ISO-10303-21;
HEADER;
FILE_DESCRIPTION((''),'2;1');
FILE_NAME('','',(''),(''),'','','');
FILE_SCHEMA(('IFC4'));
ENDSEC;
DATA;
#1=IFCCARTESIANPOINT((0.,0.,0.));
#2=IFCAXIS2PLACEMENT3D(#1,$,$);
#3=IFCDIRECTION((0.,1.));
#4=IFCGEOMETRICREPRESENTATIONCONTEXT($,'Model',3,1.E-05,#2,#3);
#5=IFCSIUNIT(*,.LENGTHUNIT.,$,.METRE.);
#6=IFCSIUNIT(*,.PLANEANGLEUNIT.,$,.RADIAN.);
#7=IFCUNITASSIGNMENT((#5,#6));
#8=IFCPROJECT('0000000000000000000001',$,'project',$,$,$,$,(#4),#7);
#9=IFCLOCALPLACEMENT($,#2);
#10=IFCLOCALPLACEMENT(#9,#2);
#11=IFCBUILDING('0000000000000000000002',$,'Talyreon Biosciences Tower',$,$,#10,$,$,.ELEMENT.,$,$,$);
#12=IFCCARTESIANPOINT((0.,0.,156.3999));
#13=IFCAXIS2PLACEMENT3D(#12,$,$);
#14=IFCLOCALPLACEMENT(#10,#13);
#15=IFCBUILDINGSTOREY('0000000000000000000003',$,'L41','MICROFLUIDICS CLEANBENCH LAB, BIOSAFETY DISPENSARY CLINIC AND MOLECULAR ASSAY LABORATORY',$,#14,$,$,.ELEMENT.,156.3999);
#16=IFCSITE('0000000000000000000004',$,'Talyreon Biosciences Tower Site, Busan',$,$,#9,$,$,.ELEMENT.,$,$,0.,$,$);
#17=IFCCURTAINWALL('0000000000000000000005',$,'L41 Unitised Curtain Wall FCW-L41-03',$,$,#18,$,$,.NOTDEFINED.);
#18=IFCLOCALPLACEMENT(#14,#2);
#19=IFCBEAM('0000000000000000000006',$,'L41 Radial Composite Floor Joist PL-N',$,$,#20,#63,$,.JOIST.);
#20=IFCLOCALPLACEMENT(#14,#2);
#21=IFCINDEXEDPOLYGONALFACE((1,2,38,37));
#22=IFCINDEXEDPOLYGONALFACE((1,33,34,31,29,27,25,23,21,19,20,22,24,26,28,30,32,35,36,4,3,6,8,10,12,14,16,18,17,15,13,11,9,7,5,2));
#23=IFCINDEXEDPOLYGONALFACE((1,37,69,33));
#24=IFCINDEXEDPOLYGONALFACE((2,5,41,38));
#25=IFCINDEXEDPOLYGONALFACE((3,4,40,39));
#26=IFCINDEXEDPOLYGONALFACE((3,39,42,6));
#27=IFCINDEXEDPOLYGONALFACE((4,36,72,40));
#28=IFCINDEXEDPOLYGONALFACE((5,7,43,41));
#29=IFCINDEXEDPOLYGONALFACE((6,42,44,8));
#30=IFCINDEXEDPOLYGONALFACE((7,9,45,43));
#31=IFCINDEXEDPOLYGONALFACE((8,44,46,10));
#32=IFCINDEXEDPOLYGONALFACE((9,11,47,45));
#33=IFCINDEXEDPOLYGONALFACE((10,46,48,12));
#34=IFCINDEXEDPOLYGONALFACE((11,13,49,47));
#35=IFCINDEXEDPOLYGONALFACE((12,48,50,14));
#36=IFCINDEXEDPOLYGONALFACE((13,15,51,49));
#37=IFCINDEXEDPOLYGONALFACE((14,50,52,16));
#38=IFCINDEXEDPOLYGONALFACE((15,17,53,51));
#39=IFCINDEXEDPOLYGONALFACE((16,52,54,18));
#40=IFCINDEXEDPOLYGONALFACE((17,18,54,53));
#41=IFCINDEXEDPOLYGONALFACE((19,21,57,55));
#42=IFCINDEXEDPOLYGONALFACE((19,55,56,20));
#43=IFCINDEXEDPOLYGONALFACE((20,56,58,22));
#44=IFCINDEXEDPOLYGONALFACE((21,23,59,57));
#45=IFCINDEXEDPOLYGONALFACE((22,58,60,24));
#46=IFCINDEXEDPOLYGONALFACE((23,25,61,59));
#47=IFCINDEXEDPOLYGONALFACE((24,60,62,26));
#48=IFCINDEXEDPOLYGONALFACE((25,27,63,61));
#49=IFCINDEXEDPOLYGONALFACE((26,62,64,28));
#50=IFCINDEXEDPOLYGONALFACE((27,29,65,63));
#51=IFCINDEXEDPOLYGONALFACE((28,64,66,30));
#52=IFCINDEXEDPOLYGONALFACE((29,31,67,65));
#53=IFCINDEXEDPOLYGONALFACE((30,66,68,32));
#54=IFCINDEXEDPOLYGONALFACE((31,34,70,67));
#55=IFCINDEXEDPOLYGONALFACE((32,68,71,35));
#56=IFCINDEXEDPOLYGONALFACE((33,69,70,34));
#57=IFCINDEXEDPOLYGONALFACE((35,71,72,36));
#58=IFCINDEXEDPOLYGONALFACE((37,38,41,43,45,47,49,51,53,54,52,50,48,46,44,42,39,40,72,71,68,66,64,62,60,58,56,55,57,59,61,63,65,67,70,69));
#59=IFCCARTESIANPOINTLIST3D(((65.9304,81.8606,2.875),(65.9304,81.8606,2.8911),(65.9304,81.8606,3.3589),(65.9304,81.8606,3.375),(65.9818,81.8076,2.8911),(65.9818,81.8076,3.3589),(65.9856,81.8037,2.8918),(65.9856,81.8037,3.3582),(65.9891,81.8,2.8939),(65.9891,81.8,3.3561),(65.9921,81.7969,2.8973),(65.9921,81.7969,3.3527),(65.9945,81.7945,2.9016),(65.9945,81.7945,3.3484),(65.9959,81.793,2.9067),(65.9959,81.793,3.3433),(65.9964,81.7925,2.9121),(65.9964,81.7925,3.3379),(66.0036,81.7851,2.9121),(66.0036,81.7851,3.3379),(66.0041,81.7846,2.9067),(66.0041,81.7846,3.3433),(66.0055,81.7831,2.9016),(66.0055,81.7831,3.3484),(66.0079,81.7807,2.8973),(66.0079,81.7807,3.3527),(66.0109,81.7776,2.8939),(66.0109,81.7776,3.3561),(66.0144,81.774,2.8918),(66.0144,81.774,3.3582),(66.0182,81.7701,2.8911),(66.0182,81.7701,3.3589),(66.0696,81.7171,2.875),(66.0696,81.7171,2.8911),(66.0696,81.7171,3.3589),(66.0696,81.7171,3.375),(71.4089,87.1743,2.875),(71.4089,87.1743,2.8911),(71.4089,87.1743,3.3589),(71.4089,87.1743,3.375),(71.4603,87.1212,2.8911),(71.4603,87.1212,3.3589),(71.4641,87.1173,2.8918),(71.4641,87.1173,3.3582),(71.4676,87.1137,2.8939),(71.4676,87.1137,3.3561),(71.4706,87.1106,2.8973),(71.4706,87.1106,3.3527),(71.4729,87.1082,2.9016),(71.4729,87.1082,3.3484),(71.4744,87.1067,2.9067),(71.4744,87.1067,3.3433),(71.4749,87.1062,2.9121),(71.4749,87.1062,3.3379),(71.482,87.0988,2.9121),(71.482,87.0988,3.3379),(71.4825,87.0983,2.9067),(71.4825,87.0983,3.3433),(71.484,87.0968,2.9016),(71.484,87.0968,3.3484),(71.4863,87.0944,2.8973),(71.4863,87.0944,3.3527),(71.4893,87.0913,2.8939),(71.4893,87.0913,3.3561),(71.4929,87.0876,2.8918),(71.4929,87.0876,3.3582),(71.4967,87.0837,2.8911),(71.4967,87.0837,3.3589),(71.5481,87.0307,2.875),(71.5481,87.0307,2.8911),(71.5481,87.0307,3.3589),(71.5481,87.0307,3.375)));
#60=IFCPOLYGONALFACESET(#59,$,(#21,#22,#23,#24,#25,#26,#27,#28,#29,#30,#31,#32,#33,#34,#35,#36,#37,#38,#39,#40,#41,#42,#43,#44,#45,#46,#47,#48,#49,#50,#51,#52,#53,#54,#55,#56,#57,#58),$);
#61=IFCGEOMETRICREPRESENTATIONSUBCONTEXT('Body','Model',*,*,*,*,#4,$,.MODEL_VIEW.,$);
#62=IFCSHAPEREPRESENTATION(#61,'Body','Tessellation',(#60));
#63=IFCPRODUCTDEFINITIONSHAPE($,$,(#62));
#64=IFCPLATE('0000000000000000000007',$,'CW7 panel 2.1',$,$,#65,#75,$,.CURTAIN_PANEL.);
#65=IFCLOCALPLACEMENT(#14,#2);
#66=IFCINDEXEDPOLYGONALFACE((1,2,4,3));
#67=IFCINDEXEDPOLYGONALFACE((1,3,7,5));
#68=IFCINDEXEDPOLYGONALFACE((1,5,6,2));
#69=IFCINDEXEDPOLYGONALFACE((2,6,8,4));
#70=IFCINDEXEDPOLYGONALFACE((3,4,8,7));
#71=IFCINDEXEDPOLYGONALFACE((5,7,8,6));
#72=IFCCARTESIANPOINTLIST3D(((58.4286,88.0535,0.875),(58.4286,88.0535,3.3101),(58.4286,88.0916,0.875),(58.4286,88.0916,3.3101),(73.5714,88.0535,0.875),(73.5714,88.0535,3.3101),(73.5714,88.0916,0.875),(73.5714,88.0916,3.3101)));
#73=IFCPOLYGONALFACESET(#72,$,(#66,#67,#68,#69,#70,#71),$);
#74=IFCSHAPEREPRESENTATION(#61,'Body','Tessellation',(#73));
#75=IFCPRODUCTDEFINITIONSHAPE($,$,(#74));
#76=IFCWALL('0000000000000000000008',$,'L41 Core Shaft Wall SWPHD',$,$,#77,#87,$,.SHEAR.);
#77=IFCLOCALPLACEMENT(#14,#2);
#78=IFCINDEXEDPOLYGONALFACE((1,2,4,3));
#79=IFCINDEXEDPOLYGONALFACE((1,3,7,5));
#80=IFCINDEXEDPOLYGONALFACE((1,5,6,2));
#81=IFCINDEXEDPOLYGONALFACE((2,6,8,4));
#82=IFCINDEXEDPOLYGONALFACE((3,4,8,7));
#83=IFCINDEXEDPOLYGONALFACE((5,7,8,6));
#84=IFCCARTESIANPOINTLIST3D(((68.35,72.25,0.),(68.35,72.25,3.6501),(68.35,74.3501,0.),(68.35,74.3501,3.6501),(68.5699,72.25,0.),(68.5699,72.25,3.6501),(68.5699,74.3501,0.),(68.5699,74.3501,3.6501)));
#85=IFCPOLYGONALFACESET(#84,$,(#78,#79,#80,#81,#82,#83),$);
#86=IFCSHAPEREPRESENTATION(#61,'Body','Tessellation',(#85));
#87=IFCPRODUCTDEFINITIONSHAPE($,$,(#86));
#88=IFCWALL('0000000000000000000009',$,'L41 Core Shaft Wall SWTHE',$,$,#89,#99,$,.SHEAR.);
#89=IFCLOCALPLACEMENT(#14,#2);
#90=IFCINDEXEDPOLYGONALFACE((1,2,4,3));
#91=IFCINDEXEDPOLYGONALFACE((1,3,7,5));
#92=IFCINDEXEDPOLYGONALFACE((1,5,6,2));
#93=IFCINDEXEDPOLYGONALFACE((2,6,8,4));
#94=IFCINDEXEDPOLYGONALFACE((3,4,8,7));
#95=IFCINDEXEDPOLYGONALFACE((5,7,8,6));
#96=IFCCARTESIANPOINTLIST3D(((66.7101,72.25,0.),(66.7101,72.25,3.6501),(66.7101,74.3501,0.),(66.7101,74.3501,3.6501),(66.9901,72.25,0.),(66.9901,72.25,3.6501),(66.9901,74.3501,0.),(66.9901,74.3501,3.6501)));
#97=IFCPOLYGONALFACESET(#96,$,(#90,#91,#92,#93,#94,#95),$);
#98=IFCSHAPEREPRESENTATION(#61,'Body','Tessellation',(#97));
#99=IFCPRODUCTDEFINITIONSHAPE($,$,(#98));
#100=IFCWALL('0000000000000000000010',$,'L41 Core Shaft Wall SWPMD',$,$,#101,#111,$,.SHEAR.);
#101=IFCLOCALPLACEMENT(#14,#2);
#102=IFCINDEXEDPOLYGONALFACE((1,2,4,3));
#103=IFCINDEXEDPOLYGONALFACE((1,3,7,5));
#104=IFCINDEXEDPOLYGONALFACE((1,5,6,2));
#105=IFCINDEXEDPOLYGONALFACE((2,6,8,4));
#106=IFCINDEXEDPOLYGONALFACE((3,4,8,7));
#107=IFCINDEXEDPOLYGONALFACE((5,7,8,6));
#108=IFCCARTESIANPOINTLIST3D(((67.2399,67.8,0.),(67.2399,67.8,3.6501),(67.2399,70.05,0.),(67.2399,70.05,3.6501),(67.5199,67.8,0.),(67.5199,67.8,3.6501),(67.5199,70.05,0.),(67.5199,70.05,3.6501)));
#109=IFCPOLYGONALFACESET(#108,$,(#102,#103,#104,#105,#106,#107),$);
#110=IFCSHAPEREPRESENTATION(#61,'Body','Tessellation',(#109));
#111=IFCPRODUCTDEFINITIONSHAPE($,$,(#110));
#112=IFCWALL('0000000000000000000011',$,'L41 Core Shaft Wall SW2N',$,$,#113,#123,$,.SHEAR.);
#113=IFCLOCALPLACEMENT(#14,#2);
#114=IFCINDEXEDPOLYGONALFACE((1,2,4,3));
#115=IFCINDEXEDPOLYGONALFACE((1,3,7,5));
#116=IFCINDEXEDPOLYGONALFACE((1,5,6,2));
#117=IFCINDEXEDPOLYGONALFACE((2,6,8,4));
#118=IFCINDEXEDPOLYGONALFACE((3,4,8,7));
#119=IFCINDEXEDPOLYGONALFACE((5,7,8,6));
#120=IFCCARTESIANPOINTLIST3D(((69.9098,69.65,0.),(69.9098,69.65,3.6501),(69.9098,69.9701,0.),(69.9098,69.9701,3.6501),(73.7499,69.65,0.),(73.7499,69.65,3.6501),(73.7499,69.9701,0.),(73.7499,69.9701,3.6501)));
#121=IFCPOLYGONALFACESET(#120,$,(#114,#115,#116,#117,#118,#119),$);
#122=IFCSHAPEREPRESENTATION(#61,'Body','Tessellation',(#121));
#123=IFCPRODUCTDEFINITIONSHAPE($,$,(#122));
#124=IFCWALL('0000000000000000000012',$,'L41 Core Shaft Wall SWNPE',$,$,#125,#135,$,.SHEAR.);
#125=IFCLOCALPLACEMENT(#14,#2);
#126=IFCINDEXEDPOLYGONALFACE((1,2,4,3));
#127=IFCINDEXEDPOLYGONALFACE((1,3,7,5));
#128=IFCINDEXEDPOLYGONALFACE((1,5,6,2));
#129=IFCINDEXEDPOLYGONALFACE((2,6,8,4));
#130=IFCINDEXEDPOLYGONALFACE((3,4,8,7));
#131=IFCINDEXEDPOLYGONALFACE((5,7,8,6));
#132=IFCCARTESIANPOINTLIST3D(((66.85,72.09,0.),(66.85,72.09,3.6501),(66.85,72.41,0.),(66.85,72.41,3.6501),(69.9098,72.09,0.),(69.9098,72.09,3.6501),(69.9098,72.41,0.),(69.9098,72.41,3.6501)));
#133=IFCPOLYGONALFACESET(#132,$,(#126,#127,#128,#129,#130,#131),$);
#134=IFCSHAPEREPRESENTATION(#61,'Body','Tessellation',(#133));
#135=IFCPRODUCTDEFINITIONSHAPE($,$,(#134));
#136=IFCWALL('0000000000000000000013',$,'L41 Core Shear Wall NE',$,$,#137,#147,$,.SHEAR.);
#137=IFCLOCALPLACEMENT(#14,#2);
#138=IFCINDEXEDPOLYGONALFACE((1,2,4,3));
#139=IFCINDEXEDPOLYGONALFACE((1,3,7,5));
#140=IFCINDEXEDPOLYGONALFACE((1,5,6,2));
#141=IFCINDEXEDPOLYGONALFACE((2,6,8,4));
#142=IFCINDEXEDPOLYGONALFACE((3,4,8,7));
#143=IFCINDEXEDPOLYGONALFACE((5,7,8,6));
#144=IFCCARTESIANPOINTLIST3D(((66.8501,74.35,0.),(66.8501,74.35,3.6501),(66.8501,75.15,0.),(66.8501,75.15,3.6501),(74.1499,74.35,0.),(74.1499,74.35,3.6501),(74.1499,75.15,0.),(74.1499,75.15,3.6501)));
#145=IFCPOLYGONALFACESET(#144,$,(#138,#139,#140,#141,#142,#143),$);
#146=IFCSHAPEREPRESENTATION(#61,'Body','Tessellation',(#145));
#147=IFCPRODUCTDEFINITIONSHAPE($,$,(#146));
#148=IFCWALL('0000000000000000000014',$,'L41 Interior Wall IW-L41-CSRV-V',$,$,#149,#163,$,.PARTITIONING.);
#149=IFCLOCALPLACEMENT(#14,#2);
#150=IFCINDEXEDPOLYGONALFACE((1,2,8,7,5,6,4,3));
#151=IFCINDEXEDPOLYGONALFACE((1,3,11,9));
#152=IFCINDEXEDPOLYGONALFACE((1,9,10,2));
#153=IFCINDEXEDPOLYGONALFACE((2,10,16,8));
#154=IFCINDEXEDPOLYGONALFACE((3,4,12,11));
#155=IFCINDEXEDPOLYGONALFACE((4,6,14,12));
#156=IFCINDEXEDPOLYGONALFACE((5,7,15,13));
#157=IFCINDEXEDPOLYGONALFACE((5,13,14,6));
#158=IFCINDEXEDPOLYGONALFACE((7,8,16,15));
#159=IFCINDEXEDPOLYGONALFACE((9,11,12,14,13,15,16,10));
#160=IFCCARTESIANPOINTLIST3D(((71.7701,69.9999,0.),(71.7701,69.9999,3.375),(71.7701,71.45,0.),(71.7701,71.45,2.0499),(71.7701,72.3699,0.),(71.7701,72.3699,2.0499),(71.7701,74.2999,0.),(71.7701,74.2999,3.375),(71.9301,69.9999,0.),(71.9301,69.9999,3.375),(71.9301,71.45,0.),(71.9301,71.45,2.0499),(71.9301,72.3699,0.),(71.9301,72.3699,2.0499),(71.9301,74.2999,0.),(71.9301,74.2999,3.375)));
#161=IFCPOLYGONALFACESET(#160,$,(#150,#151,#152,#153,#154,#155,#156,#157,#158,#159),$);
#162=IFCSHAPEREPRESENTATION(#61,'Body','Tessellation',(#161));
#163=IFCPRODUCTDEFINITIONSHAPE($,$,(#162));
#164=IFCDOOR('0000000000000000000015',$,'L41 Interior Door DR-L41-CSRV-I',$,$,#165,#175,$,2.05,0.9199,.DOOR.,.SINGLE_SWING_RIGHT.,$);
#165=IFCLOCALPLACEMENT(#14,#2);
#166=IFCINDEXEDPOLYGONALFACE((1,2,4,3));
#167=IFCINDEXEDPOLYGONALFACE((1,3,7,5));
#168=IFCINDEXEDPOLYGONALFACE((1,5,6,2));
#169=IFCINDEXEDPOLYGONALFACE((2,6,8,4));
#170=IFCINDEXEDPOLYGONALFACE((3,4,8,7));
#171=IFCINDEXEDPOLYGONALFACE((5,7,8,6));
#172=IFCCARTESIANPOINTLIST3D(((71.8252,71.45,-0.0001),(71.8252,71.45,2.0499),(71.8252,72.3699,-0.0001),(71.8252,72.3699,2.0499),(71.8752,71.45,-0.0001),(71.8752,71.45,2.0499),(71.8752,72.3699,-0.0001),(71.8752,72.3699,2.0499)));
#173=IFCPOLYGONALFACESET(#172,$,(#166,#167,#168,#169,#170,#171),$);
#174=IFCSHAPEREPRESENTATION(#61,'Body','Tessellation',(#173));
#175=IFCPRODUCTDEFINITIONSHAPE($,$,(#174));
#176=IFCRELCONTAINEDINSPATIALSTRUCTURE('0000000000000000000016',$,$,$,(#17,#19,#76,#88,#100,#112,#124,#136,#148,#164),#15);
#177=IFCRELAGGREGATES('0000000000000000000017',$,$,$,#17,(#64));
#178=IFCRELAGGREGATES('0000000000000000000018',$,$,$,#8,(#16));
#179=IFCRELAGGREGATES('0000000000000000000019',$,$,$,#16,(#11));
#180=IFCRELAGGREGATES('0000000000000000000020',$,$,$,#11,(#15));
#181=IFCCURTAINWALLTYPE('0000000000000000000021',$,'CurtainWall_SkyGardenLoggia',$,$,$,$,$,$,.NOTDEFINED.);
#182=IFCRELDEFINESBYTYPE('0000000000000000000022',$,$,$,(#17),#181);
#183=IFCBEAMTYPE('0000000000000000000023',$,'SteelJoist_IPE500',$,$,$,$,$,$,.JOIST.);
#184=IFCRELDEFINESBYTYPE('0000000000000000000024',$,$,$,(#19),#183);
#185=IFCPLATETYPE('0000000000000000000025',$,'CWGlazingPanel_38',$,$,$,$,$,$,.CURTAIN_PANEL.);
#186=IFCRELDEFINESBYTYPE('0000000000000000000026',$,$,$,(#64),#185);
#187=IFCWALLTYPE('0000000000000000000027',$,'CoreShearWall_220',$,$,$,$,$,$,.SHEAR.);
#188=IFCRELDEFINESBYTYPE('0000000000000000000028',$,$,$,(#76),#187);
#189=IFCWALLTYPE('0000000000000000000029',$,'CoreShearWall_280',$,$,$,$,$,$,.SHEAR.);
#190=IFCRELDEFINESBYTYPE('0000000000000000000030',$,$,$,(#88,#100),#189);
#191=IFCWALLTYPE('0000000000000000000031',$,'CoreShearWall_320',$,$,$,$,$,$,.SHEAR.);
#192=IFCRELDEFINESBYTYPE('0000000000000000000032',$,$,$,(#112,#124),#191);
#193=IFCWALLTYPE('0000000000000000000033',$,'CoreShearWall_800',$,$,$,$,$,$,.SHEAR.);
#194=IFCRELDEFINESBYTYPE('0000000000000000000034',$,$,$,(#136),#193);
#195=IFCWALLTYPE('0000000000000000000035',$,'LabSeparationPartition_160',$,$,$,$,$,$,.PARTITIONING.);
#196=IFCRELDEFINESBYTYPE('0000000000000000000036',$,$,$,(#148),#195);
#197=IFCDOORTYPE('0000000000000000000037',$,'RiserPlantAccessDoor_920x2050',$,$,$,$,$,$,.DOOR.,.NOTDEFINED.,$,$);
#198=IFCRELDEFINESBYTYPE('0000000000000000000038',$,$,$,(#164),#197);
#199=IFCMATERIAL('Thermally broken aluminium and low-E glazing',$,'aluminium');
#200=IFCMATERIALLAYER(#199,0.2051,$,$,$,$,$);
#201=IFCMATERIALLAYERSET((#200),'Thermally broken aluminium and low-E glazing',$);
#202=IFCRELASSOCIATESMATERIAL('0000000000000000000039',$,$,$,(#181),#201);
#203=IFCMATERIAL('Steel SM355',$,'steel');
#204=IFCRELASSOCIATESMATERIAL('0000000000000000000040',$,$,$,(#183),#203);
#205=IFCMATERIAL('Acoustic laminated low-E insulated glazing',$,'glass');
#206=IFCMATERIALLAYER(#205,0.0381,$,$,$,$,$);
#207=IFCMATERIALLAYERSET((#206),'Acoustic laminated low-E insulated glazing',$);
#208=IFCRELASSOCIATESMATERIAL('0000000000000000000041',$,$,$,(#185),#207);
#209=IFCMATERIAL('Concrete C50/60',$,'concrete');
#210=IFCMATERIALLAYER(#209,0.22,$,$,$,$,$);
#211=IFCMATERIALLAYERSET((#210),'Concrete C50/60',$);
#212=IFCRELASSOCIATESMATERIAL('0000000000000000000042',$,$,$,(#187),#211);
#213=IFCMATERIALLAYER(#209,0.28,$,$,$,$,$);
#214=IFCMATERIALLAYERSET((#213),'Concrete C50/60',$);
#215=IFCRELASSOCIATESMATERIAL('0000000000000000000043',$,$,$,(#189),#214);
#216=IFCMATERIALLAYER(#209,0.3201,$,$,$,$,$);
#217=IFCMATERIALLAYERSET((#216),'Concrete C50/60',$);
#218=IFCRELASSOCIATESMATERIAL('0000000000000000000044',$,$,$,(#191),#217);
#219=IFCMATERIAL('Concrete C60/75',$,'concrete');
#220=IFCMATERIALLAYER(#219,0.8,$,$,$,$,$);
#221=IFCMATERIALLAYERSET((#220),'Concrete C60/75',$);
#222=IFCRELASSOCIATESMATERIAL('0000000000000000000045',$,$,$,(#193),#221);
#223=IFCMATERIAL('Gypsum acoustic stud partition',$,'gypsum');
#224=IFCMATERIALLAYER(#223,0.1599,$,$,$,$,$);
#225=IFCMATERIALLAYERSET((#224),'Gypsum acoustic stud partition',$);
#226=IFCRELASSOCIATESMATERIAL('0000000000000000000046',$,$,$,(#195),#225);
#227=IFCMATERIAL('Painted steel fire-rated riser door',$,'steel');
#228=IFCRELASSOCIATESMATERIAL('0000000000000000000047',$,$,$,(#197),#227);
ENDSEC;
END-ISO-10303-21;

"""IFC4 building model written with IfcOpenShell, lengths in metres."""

from ifc_helpers import new_model, si_unit, direction, frame, frame_2d, origin, origin_2d, place, context, subcontext, project, spatial, rectangle, i_section, extrude, material, layer, layer_set, material_profile, profile_set, type_object, element, fill, aggregate, save


model = new_model("IFC4")

# Units and contexts
model_context = context("Model", 3, precision=1e-05, world=origin(), true_north=direction((0.0, 1.0)))
body_context = subcontext(model_context, "Body", "Model", "MODEL_VIEW")
ifc_project = project(units=[si_unit("LENGTHUNIT", "METRE"), si_unit("PLANEANGLEUNIT", "RADIAN")], contexts=[model_context])

# Site, building, storey
site_placement = place(None, origin())
site = spatial("IfcSite", under=ifc_project, at=site_placement, Name="Talyreon Biosciences Tower Site, Busan", CompositionType="ELEMENT", RefElevation=0.0)
building_placement = place(site_placement, origin())
building = spatial("IfcBuilding", under=site, at=building_placement, Name="Talyreon Biosciences Tower", CompositionType="ELEMENT")
storey_placement = place(building_placement, frame((0.0, 0.0, 156.3999)))
storey = spatial("IfcBuildingStorey", under=building, at=storey_placement, Name="L41", Description="MICROFLUIDICS CLEANBENCH LAB, BIOSAFETY DISPENSARY CLINIC AND MOLECULAR ASSAY LABORATORY", CompositionType="ELEMENT", Elevation=156.3999)

# Shared definitions
ifc_material_1 = material(Name="Concrete C60/75", Category="concrete")
ifc_material_2 = material(Name="Concrete C50/60", Category="concrete")

# Curtain wall
ifc_material_3 = material(Name="Thermally broken aluminium and low-E glazing", Category="aluminium")
ifc_layer_1 = layer(ifc_material_3, 0.2051)
ifc_layer_set_1 = layer_set([ifc_layer_1], Name="Thermally broken aluminium and low-E glazing")
curtain_wall_type = type_object("IfcCurtainWallType", Name="CurtainWall_SkyGardenLoggia", PredefinedType="NOTDEFINED", material=ifc_layer_set_1)
curtain_wall_placement = place(storey_placement, origin())
curtain_wall = element("IfcCurtainWall", 1, at=curtain_wall_placement, inside=storey, type_object=curtain_wall_type, Name="L41 Unitised Curtain Wall FCW-L41-03", PredefinedType="NOTDEFINED")

# Beam
ifc_material_4 = material(Name="Steel SM355", Category="steel")
ifc_material_profile_1 = material_profile(ifc_material_4, i_section(OverallWidth=0.2, OverallDepth=0.5, WebThickness=0.0103, FlangeThickness=0.0161, FilletRadius=0.021, at=origin_2d()), Name="IPE500")
ifc_profile_set_1 = profile_set([ifc_material_profile_1], Name="Steel SM355")
beam_type_1 = type_object("IfcBeamType", Name="SteelJoist_IPE500", PredefinedType="JOIST", material=ifc_profile_set_1)
beam_1_placement = place(storey_placement, frame((66.0, 81.7888, 3.125), z_axis=(0.71782, 0.696228, 0.0), x_axis=(-0.696228, 0.71782, 0.0)))
element("IfcBeam", 2, at=beam_1_placement, inside=storey, type_object=beam_type_1, Name="L41 Radial Composite Floor Joist PL-N", PredefinedType="JOIST", context=body_context, shape_type="SweptSolid", body=[
    extrude(i_section(OverallWidth=0.2, OverallDepth=0.5, WebThickness=0.0103, FlangeThickness=0.0161, FilletRadius=0.021, at=origin_2d()), origin(), (0.0, 0.0, 1.0), 7.6321),
])

# Plate
ifc_material_5 = material(Name="Acoustic laminated low-E insulated glazing", Category="glass")
ifc_layer_2 = layer(ifc_material_5, 0.0381)
ifc_layer_set_2 = layer_set([ifc_layer_2], Name="Acoustic laminated low-E insulated glazing")
plate_type = type_object("IfcPlateType", Name="CWGlazingPanel_38", PredefinedType="CURTAIN_PANEL", material=ifc_layer_set_2)
plate_placement = place(storey_placement, frame((66.0, 88.0725, 0.875), z_axis=(0.0, 0.0, 1.0), x_axis=(1.0, 0.0, 0.0)))
plate = element("IfcPlate", 3, at=plate_placement, type_object=plate_type, Name="CW7 panel 2.1", PredefinedType="CURTAIN_PANEL", context=body_context, shape_type="SweptSolid", body=[
    extrude(rectangle(XDim=15.1428, YDim=0.0381, at=origin_2d()), origin(), (0.0, 0.0, 1.0), 2.4351),
])
aggregate(curtain_wall, [plate])

# Walls
ifc_layer_3 = layer(ifc_material_2, 0.22)
ifc_layer_set_3 = layer_set([ifc_layer_3], Name="Concrete C50/60")
wall_type_1 = type_object("IfcWallType", Name="CoreShearWall_220", PredefinedType="SHEAR", material=ifc_layer_set_3)
wall_1_placement = place(storey_placement, frame((68.46, 72.25, 0.0), z_axis=(0.0, 0.0, 1.0), x_axis=(0.0, 1.0, 0.0)))
element("IfcWall", 4, at=wall_1_placement, inside=storey, type_object=wall_type_1, Name="L41 Core Shaft Wall SWPHD", PredefinedType="SHEAR", context=body_context, shape_type="SweptSolid", body=[
    extrude(rectangle(XDim=2.1001, YDim=0.22, at=frame_2d((1.05, 0.0))), origin(), (0.0, 0.0, 1.0), 3.6501),
])
ifc_layer_4 = layer(ifc_material_2, 0.28)
ifc_layer_set_4 = layer_set([ifc_layer_4], Name="Concrete C50/60")
wall_type_2 = type_object("IfcWallType", Name="CoreShearWall_280", PredefinedType="SHEAR", material=ifc_layer_set_4)
wall_2_placement = place(storey_placement, frame((66.8501, 72.25, 0.0), z_axis=(0.0, 0.0, 1.0), x_axis=(0.0, 1.0, 0.0)))
element("IfcWall", 5, at=wall_2_placement, inside=storey, type_object=wall_type_2, Name="L41 Core Shaft Wall SWTHE", PredefinedType="SHEAR", context=body_context, shape_type="SweptSolid", body=[
    extrude(rectangle(XDim=2.1001, YDim=0.28, at=frame_2d((1.05, 0.0))), origin(), (0.0, 0.0, 1.0), 3.6501),
])
wall_3_placement = place(storey_placement, frame((67.3799, 67.8, 0.0), z_axis=(0.0, 0.0, 1.0), x_axis=(0.0, 1.0, 0.0)))
element("IfcWall", 6, at=wall_3_placement, inside=storey, type_object=wall_type_2, Name="L41 Core Shaft Wall SWPMD", PredefinedType="SHEAR", context=body_context, shape_type="SweptSolid", body=[
    extrude(rectangle(XDim=2.25, YDim=0.28, at=frame_2d((1.125, 0.0))), origin(), (0.0, 0.0, 1.0), 3.6501),
])
ifc_layer_5 = layer(ifc_material_2, 0.3201)
ifc_layer_set_5 = layer_set([ifc_layer_5], Name="Concrete C50/60")
wall_type_3 = type_object("IfcWallType", Name="CoreShearWall_320", PredefinedType="SHEAR", material=ifc_layer_set_5)
wall_4_placement = place(storey_placement, frame((69.9099, 69.8101, 0.0), z_axis=(0.0, 0.0, 1.0), x_axis=(1.0, 0.0, 0.0)))
element("IfcWall", 7, at=wall_4_placement, inside=storey, type_object=wall_type_3, Name="L41 Core Shaft Wall SW2N", PredefinedType="SHEAR", context=body_context, shape_type="SweptSolid", body=[
    extrude(rectangle(XDim=3.8401, YDim=0.3201, at=frame_2d((1.9199, 0.0))), origin(), (0.0, 0.0, 1.0), 3.6501),
])
wall_5_placement = place(storey_placement, frame((66.8501, 72.25, 0.0), z_axis=(0.0, 0.0, 1.0), x_axis=(1.0, 0.0, 0.0)))
element("IfcWall", 8, at=wall_5_placement, inside=storey, type_object=wall_type_3, Name="L41 Core Shaft Wall SWNPE", PredefinedType="SHEAR", context=body_context, shape_type="SweptSolid", body=[
    extrude(rectangle(XDim=3.0598, YDim=0.3201, at=frame_2d((1.5298, 0.0))), origin(), (0.0, 0.0, 1.0), 3.6501),
])
ifc_layer_6 = layer(ifc_material_1, 0.8)
ifc_layer_set_6 = layer_set([ifc_layer_6], Name="Concrete C60/75")
wall_type_4 = type_object("IfcWallType", Name="CoreShearWall_800", PredefinedType="SHEAR", material=ifc_layer_set_6)
wall_6_placement = place(storey_placement, frame((74.1499, 74.75, 0.0), z_axis=(0.0, 0.0, 1.0), x_axis=(-1.0, 0.0, 0.0)))
element("IfcWall", 9, at=wall_6_placement, inside=storey, type_object=wall_type_4, Name="L41 Core Shear Wall NE", PredefinedType="SHEAR", context=body_context, shape_type="SweptSolid", body=[
    extrude(rectangle(XDim=7.2998, YDim=0.8, at=frame_2d((3.6499, 0.0))), origin(), (0.0, 0.0, 1.0), 3.6501),
])

# Wall, opening, door
ifc_material_6 = material(Name="Gypsum acoustic stud partition", Category="gypsum")
ifc_layer_7 = layer(ifc_material_6, 0.1599)
ifc_layer_set_7 = layer_set([ifc_layer_7], Name="Gypsum acoustic stud partition")
wall_type_5 = type_object("IfcWallType", Name="LabSeparationPartition_160", PredefinedType="PARTITIONING", material=ifc_layer_set_7)
wall_7_placement = place(storey_placement, frame((71.8501, 70.0, 0.0), z_axis=(0.0, 0.0, 1.0), x_axis=(0.0, 1.0, 0.0)))
wall_7 = element("IfcWall", 10, at=wall_7_placement, inside=storey, type_object=wall_type_5, Name="L41 Interior Wall IW-L41-CSRV-V", PredefinedType="PARTITIONING", context=body_context, shape_type="SweptSolid", body=[
    extrude(rectangle(XDim=4.3, YDim=0.1599, at=frame_2d((2.1499, 0.0))), origin(), (0.0, 0.0, 1.0), 3.375),
])
opening_placement = place(wall_7_placement, frame((1.45, 0.0, 0.0)))
opening = element("IfcOpeningElement", 11, at=opening_placement, cuts=wall_7, PredefinedType="OPENING", context=body_context, shape_type="SweptSolid", body=[
    extrude(rectangle(XDim=0.9199, YDim=2.05, at=frame_2d((0.46, 1.0249))), frame((0.0, 0.0898, 0.0), z_axis=(0.0, -1.0, 0.0), x_axis=(1.0, 0.0, 0.0)), (0.0, 0.0, 1.0), 0.1799),
])
ifc_material_7 = material(Name="Painted steel fire-rated riser door", Category="steel")
door_type = type_object("IfcDoorType", Name="RiserPlantAccessDoor_920x2050", OperationType="NOTDEFINED", PredefinedType="DOOR", material=ifc_material_7)
door_placement = place(opening_placement, origin())
door = element("IfcDoor", 12, at=door_placement, inside=storey, type_object=door_type, Name="L41 Interior Door DR-L41-CSRV-I", OperationType="SINGLE_SWING_RIGHT", OverallHeight=2.05, OverallWidth=0.9199, PredefinedType="DOOR", context=body_context, shape_type="SweptSolid", body=[
    extrude(rectangle(XDim=0.9199, YDim=2.05, at=frame_2d((0.46, 1.0249))), frame((0.0, 0.0249, 0.0), z_axis=(0.0, -1.0, 0.0), x_axis=(1.0, 0.0, 0.0)), (0.0, 0.0, 1.0), 0.05),
])
fill(opening, door)

save(model, "model.ifc")
